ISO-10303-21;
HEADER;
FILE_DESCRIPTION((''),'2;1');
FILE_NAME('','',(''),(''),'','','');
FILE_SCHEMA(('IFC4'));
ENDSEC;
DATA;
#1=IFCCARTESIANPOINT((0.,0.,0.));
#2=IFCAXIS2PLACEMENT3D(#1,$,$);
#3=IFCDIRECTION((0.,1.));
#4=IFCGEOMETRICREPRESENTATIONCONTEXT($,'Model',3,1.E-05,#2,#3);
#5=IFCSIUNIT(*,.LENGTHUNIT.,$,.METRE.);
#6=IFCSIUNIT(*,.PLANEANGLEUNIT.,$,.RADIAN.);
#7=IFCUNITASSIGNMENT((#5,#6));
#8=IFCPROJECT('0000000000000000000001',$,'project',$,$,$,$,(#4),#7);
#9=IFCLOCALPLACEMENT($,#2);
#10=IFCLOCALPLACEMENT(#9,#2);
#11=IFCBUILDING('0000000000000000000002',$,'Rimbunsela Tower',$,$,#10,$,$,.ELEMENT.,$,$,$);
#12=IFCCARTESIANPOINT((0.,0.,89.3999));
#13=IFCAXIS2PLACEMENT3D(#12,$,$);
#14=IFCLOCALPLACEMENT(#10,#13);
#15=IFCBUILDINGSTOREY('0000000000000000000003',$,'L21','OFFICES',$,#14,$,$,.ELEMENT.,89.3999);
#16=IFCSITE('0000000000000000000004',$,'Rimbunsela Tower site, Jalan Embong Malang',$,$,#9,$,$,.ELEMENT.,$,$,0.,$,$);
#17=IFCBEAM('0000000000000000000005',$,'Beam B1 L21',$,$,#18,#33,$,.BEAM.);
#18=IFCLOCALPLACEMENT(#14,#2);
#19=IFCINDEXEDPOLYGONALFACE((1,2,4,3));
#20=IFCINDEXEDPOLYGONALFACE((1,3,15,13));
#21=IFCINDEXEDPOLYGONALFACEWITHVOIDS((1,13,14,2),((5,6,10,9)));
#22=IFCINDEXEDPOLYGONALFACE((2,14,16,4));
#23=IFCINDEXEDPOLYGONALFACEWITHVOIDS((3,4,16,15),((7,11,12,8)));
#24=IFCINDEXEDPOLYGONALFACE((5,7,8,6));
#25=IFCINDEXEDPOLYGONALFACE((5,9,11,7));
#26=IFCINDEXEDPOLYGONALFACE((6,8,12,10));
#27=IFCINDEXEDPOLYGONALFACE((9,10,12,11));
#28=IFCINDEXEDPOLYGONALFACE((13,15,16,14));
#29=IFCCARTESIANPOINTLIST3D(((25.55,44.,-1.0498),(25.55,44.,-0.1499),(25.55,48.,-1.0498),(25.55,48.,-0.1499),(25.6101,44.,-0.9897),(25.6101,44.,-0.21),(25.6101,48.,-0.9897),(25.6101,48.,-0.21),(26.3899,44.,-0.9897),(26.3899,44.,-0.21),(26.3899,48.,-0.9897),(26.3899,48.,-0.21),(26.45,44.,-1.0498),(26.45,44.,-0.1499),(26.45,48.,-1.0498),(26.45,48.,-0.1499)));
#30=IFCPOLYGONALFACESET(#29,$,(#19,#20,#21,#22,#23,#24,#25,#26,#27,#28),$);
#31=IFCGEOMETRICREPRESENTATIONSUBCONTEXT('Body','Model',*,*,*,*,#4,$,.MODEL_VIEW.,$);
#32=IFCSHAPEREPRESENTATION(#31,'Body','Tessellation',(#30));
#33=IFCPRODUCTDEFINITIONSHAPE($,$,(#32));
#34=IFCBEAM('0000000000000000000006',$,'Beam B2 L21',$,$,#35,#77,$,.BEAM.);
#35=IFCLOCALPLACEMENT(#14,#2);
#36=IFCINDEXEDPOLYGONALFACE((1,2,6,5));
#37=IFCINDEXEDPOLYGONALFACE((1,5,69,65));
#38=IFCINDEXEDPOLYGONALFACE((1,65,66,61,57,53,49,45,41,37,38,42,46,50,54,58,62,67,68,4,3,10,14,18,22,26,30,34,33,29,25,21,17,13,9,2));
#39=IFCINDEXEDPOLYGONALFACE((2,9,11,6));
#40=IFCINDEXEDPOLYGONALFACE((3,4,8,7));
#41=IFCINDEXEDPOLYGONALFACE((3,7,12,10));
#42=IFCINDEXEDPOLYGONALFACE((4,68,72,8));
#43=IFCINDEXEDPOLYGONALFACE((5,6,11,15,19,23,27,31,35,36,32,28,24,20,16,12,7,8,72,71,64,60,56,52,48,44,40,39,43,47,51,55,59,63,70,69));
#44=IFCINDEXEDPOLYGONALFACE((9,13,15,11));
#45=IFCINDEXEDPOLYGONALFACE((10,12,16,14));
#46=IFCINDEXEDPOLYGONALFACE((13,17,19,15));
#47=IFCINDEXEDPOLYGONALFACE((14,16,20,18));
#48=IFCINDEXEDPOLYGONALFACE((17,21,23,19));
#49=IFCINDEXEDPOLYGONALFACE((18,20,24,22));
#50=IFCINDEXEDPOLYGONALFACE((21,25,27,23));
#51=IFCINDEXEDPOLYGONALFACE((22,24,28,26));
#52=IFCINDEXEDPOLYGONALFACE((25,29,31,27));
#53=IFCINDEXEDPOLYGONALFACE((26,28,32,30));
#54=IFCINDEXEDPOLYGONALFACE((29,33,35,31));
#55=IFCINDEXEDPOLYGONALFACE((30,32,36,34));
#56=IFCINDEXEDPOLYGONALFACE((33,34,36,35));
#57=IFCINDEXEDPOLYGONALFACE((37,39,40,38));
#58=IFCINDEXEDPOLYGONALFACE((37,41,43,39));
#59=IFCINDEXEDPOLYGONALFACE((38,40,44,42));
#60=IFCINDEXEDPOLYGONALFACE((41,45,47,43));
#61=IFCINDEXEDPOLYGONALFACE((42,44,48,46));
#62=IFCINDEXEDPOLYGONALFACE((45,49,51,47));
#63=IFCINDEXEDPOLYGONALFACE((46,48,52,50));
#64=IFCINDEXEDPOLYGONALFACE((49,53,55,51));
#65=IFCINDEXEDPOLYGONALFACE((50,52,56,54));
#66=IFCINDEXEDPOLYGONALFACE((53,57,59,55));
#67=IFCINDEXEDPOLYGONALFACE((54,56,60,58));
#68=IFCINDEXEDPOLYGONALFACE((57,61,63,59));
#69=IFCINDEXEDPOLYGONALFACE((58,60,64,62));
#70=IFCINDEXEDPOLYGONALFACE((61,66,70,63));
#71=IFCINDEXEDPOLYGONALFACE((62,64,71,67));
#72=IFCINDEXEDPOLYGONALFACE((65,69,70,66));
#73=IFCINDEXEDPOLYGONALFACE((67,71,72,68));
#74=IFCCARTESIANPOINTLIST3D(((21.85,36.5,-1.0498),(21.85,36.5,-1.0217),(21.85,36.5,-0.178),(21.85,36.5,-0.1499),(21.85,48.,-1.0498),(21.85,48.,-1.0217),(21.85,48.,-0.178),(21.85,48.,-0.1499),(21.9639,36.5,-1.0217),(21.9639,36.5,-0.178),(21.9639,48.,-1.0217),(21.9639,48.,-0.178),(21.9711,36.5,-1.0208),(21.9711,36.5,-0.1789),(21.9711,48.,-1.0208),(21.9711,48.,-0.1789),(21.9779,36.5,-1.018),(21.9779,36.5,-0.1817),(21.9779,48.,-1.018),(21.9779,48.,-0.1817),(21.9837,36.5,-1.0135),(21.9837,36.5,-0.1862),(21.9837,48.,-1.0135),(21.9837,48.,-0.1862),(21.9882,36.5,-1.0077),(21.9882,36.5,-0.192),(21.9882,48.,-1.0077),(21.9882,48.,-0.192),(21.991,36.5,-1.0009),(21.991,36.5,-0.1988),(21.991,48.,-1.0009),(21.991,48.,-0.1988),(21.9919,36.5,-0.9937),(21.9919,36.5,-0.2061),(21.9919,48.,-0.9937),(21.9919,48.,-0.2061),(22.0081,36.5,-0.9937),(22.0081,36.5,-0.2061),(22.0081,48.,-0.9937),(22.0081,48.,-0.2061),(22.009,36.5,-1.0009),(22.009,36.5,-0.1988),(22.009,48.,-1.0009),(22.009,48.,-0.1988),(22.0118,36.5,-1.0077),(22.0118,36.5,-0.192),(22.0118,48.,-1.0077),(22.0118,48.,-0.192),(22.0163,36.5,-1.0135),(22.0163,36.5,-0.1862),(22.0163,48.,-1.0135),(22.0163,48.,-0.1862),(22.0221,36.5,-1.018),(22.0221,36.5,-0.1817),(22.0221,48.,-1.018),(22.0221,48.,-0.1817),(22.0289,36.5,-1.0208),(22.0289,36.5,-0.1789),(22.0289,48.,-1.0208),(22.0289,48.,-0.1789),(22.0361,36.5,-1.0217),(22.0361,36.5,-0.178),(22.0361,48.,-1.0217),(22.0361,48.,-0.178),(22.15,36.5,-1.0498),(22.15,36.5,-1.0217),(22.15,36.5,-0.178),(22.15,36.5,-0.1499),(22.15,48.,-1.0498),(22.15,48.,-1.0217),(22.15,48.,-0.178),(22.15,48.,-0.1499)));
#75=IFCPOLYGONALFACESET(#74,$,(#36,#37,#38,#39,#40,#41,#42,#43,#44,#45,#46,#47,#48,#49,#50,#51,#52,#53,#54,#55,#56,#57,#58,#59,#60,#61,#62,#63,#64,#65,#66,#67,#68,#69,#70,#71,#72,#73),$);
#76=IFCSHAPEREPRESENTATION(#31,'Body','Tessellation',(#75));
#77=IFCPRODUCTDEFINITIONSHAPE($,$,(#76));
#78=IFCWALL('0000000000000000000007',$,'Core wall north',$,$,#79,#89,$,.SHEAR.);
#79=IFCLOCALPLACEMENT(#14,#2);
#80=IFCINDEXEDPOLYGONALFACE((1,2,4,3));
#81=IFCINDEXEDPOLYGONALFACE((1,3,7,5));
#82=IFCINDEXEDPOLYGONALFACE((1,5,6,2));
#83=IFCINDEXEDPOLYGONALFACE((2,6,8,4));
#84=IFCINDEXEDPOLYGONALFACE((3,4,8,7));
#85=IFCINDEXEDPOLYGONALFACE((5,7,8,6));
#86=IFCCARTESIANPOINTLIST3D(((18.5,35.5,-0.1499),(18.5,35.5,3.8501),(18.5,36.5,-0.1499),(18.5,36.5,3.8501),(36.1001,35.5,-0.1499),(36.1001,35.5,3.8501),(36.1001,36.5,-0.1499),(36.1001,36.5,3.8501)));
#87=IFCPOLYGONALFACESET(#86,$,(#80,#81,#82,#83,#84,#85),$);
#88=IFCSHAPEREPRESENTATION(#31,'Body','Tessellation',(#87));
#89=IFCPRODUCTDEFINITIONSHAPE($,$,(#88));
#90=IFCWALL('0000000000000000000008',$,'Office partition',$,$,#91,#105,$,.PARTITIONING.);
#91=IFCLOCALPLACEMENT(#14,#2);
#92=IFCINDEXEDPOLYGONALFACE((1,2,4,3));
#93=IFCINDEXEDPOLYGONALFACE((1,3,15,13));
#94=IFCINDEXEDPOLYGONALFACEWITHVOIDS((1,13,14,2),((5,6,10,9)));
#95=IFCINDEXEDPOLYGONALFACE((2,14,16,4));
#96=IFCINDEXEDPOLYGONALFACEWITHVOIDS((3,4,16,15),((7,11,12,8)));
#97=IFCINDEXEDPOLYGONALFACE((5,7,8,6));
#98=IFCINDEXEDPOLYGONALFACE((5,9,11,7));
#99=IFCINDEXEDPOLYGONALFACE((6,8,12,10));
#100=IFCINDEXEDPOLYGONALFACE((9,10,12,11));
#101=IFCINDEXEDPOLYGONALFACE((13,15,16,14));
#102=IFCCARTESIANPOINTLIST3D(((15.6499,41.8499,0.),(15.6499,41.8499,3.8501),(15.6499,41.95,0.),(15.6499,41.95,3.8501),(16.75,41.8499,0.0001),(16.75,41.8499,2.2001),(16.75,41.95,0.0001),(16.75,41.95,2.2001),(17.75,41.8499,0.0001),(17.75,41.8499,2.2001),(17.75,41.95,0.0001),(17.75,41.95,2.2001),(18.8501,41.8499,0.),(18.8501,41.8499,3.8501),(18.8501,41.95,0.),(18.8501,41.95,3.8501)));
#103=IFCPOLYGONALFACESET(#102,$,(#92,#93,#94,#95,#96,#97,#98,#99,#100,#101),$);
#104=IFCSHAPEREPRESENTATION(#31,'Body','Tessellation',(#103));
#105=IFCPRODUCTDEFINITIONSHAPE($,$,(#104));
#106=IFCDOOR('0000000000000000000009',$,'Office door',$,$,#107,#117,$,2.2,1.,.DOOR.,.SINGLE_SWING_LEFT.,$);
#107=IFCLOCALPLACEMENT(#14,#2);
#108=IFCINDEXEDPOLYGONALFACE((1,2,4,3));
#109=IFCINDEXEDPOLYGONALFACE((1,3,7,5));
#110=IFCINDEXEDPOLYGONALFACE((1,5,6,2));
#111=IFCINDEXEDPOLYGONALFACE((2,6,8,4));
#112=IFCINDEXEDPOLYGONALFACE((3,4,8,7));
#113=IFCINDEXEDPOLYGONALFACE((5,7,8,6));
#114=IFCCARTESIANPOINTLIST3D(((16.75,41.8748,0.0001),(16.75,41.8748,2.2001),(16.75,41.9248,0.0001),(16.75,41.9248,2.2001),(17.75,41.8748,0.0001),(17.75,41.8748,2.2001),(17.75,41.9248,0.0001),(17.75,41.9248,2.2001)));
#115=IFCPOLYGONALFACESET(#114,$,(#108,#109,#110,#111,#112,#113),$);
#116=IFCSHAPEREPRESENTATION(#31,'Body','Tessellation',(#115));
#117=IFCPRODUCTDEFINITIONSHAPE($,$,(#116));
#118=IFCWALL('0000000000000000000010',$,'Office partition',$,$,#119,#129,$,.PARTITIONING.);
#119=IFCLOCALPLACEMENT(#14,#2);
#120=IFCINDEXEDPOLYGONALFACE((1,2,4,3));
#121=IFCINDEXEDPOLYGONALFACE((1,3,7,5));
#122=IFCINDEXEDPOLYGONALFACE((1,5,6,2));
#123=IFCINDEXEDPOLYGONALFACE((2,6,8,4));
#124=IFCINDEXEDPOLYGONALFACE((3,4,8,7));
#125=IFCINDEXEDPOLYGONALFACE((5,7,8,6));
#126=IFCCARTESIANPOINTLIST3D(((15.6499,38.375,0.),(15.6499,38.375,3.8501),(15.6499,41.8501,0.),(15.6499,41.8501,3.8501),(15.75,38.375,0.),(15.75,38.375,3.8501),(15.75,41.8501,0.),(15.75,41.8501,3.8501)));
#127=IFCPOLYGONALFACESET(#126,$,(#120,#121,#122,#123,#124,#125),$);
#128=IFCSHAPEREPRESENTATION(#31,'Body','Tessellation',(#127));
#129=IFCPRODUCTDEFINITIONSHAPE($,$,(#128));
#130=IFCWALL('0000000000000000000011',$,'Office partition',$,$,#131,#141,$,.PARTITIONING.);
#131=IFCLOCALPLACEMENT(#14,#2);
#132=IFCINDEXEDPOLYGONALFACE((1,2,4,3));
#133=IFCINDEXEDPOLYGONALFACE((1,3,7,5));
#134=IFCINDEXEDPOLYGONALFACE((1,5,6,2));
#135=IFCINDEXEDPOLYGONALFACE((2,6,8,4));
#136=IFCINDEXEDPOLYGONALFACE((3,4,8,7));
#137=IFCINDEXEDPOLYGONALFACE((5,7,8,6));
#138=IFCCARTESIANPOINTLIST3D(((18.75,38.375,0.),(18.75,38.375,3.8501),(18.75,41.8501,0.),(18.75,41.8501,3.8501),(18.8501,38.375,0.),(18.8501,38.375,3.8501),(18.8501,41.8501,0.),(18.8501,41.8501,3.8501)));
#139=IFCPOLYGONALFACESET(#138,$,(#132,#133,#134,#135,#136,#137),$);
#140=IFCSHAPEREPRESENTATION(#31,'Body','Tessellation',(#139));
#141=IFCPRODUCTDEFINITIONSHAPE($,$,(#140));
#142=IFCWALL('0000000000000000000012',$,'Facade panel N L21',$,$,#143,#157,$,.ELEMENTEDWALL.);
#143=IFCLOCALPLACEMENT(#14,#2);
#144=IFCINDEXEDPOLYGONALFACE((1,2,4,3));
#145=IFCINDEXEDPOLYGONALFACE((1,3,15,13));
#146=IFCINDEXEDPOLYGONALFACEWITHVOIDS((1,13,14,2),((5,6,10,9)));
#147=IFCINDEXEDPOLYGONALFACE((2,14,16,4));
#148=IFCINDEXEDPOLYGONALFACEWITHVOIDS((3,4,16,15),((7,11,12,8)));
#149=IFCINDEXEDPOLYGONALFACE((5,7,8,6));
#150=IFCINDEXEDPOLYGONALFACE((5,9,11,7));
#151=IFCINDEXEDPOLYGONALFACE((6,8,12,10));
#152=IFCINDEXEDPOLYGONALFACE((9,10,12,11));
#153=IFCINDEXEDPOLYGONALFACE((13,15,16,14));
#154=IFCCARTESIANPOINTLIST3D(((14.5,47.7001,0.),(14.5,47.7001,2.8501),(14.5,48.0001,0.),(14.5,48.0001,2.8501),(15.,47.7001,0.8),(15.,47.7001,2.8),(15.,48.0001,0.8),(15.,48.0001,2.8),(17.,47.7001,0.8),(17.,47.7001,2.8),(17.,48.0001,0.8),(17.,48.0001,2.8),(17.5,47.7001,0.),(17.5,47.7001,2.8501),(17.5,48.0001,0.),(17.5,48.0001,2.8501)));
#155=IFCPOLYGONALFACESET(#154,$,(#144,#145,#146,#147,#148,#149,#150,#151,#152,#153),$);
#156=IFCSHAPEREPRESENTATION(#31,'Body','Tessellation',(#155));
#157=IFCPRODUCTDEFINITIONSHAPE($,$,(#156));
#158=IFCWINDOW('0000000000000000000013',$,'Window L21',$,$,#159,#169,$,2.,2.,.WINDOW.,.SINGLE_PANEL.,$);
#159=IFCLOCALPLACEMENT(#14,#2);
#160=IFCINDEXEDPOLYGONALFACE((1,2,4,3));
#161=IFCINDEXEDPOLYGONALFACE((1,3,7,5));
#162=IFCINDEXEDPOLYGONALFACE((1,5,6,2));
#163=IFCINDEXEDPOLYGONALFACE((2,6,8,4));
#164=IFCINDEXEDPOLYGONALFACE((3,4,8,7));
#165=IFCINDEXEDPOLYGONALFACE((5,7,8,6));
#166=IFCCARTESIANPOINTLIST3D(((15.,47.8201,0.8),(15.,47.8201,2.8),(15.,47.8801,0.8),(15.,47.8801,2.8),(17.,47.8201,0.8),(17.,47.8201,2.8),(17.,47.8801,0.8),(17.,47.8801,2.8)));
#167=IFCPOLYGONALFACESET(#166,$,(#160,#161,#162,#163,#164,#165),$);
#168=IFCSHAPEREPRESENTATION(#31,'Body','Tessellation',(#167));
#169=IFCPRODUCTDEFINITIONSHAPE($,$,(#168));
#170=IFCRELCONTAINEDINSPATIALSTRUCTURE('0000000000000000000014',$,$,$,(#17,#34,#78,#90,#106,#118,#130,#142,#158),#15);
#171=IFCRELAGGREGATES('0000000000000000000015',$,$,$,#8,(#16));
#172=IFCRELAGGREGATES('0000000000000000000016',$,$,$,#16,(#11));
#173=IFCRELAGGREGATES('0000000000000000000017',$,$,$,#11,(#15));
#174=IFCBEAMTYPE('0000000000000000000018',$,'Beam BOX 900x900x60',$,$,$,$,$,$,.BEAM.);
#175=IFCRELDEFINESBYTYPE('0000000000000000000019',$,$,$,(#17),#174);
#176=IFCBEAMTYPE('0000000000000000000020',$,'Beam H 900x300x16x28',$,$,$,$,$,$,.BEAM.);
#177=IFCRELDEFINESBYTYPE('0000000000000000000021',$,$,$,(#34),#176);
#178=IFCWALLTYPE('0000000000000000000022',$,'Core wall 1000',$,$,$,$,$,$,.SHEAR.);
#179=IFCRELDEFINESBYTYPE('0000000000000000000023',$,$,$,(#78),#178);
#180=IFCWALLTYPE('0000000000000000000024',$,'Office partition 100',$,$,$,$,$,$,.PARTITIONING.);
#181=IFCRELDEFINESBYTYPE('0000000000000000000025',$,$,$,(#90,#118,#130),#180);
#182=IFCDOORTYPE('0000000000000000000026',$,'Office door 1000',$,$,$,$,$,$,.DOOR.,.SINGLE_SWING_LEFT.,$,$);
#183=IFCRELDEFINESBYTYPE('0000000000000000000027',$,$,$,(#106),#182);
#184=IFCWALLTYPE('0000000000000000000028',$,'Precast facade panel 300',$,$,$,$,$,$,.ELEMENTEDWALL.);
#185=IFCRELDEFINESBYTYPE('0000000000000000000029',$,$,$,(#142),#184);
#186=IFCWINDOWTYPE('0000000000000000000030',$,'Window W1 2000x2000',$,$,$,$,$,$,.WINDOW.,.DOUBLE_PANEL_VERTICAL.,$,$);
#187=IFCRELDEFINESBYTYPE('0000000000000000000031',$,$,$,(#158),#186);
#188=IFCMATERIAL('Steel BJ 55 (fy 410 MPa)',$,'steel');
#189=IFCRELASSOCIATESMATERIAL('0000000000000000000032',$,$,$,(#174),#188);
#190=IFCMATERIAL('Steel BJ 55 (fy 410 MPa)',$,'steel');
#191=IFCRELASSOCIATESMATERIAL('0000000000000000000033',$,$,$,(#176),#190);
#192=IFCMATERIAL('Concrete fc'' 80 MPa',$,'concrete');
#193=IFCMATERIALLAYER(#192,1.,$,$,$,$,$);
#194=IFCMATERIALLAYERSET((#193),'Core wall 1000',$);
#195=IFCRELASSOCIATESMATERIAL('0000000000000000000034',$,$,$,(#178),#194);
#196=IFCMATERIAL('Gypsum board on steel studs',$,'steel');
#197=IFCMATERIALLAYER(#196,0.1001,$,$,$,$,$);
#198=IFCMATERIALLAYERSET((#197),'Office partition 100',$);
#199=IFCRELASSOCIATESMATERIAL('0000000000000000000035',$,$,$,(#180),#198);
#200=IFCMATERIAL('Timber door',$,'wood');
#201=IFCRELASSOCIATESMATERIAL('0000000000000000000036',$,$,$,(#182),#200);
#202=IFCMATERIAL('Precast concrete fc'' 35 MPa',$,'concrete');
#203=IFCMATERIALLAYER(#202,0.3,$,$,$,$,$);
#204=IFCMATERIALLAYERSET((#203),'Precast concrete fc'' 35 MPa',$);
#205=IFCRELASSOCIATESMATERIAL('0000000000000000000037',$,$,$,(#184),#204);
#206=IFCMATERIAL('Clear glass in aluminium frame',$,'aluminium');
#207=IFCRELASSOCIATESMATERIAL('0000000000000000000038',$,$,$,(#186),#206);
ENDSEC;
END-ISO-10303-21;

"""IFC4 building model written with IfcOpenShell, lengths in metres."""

from ifc_helpers import new_model, si_unit, direction, frame, frame_2d, origin, origin_2d, place, context, subcontext, project, spatial, rectangle, hollow_rectangle, i_section, extrude, material, layer, layer_set, material_profile, profile_set, type_object, element, fill, save


model = new_model("IFC4")

# Units and contexts
model_context = context("Model", 3, precision=1e-05, world=origin(), true_north=direction((0.0, 1.0)))
body_context = subcontext(model_context, "Body", "Model", "MODEL_VIEW")
ifc_project = project(units=[si_unit("LENGTHUNIT", "METRE"), si_unit("PLANEANGLEUNIT", "RADIAN")], contexts=[model_context])

# Site, building, storey
site_placement = place(None, origin())
site = spatial("IfcSite", under=ifc_project, at=site_placement, Name="Rimbunsela Tower site, Jalan Embong Malang", CompositionType="ELEMENT", RefElevation=0.0)
building_placement = place(site_placement, origin())
building = spatial("IfcBuilding", under=site, at=building_placement, Name="Rimbunsela Tower", CompositionType="ELEMENT")
storey_placement = place(building_placement, frame((0.0, 0.0, 89.3999)))
storey = spatial("IfcBuildingStorey", under=building, at=storey_placement, Name="L21", Description="OFFICES", CompositionType="ELEMENT", Elevation=89.3999)

# Beams
ifc_material_1 = material(Name="Steel BJ 55 (fy 410 MPa)", Category="steel")
ifc_material_profile_1 = material_profile(ifc_material_1, hollow_rectangle(XDim=0.8999, YDim=0.8999, WallThickness=0.0601, at=origin_2d()), Name="BOX 900x900x60")
ifc_profile_set_1 = profile_set([ifc_material_profile_1], Name="Steel BJ 55 (fy 410 MPa)")
beam_type_1 = type_object("IfcBeamType", Name="Beam BOX 900x900x60", PredefinedType="BEAM", material=ifc_profile_set_1)
beam_1_placement = place(storey_placement, frame((26.0, 44.0, -0.5999), z_axis=(0.0, 1.0, 0.0), x_axis=(-1.0, 0.0, 0.0)))
element("IfcBeam", 1, at=beam_1_placement, inside=storey, type_object=beam_type_1, Name="Beam B1 L21", PredefinedType="BEAM", context=body_context, shape_type="SweptSolid", body=[
    extrude(hollow_rectangle(XDim=0.8999, YDim=0.8999, WallThickness=0.0601, at=origin_2d()), origin(), (0.0, 0.0, 1.0), 4.0),
])
ifc_material_2 = material(Name="Steel BJ 55 (fy 410 MPa)", Category="steel")
ifc_material_profile_2 = material_profile(ifc_material_2, i_section(OverallWidth=0.3, OverallDepth=0.8999, WebThickness=0.0161, FlangeThickness=0.0281, FilletRadius=0.0281, at=origin_2d()), Name="H 900x300x16x28")
ifc_profile_set_2 = profile_set([ifc_material_profile_2], Name="Steel BJ 55 (fy 410 MPa)")
beam_type_2 = type_object("IfcBeamType", Name="Beam H 900x300x16x28", PredefinedType="BEAM", material=ifc_profile_set_2)
beam_2_placement = place(storey_placement, frame((22.0, 36.5, -0.5999), z_axis=(0.0, 1.0, 0.0), x_axis=(-1.0, 0.0, 0.0)))
element("IfcBeam", 2, at=beam_2_placement, inside=storey, type_object=beam_type_2, Name="Beam B2 L21", PredefinedType="BEAM", context=body_context, shape_type="SweptSolid", body=[
    extrude(i_section(OverallWidth=0.3, OverallDepth=0.8999, WebThickness=0.0161, FlangeThickness=0.0281, FilletRadius=0.0281, at=origin_2d()), origin(), (0.0, 0.0, 1.0), 11.5),
])

# Wall
ifc_material_3 = material(Name="Concrete fc' 80 MPa", Category="concrete")
ifc_layer_1 = layer(ifc_material_3, 1.0)
ifc_layer_set_1 = layer_set([ifc_layer_1], Name="Core wall 1000")
wall_type_1 = type_object("IfcWallType", Name="Core wall 1000", PredefinedType="SHEAR", material=ifc_layer_set_1)
wall_1_placement = place(storey_placement, frame((18.5, 36.0, -0.1499), z_axis=(0.0, 0.0, 1.0), x_axis=(1.0, 0.0, 0.0)))
element("IfcWall", 3, at=wall_1_placement, inside=storey, type_object=wall_type_1, Name="Core wall north", PredefinedType="SHEAR", context=body_context, shape_type="SweptSolid", body=[
    extrude(rectangle(XDim=17.6001, YDim=1.0, at=frame_2d((8.8, 0.0))), origin(), (0.0, 0.0, 1.0), 4.0),
])

# Wall, opening, door
ifc_material_4 = material(Name="Gypsum board on steel studs", Category="steel")
ifc_layer_2 = layer(ifc_material_4, 0.1001)
ifc_layer_set_2 = layer_set([ifc_layer_2], Name="Office partition 100")
wall_type_2 = type_object("IfcWallType", Name="Office partition 100", PredefinedType="PARTITIONING", material=ifc_layer_set_2)
wall_2_placement = place(storey_placement, frame((15.6499, 41.8999, 0.0), z_axis=(0.0, 0.0, 1.0), x_axis=(1.0, 0.0, 0.0)))
wall_2 = element("IfcWall", 4, at=wall_2_placement, inside=storey, type_object=wall_type_2, Name="Office partition", PredefinedType="PARTITIONING", context=body_context, shape_type="SweptSolid", body=[
    extrude(rectangle(XDim=3.2002, YDim=0.1001, at=frame_2d((1.6001, 0.0))), origin(), (0.0, 0.0, 1.0), 3.8501),
])
opening_1_placement = place(wall_2_placement, frame((1.1001, 0.0, 0.0)))
opening_1 = element("IfcOpeningElement", 5, at=opening_1_placement, cuts=wall_2, PredefinedType="OPENING", context=body_context, shape_type="SweptSolid", body=[
    extrude(rectangle(XDim=1.0, YDim=2.2, at=frame_2d((0.5, 1.1001))), frame((0.0, 0.0601, 0.0), z_axis=(0.0, -1.0, 0.0), x_axis=(1.0, 0.0, 0.0)), (0.0, 0.0, 1.0), 0.1201),
])
ifc_material_5 = material(Name="Timber door", Category="wood")
door_type_1 = type_object("IfcDoorType", Name="Office door 1000", OperationType="SINGLE_SWING_LEFT", PredefinedType="DOOR", material=ifc_material_5)
door_1_placement = place(opening_1_placement, origin())
door_1 = element("IfcDoor", 6, at=door_1_placement, inside=storey, type_object=door_type_1, Name="Office door", OperationType="SINGLE_SWING_LEFT", OverallHeight=2.2, OverallWidth=1.0, PredefinedType="DOOR", context=body_context, shape_type="SweptSolid", body=[
    extrude(rectangle(XDim=1.0, YDim=2.2, at=frame_2d((0.5, 1.1001))), frame((0.0, 0.0249, 0.0), z_axis=(0.0, -1.0, 0.0), x_axis=(1.0, 0.0, 0.0)), (0.0, 0.0, 1.0), 0.05),
])
fill(opening_1, door_1)

# Walls
for number, where, z_axis, x_axis, name in (
    (7, (15.7, 38.375, 0.0), (0.0, 0.0, 1.0), (0.0, 1.0, 0.0), "Office partition"),
    (8, (18.8, 38.375, 0.0), (0.0, 0.0, 1.0), (0.0, 1.0, 0.0), "Office partition"),
):
    element("IfcWall", number, at=place(storey_placement, frame(where, z_axis=z_axis, x_axis=x_axis)), inside=storey, type_object=wall_type_2, Name=name, PredefinedType="PARTITIONING", context=body_context, shape_type="SweptSolid", body=[
        extrude(rectangle(XDim=3.4751, YDim=0.1001, at=frame_2d((1.7375, 0.0))), origin(), (0.0, 0.0, 1.0), 3.8501),
    ])

# Wall, opening, window
ifc_material_6 = material(Name="Precast concrete fc' 35 MPa", Category="concrete")
ifc_layer_3 = layer(ifc_material_6, 0.3)
ifc_layer_set_3 = layer_set([ifc_layer_3], Name="Precast concrete fc' 35 MPa")
wall_type_3 = type_object("IfcWallType", Name="Precast facade panel 300", PredefinedType="ELEMENTEDWALL", material=ifc_layer_set_3)
wall_3_placement = place(storey_placement, frame((17.5, 47.8501, 0.0), z_axis=(0.0, 0.0, 1.0), x_axis=(-1.0, 0.0, 0.0)))
wall_3 = element("IfcWall", 9, at=wall_3_placement, inside=storey, type_object=wall_type_3, Name="Facade panel N L21", PredefinedType="ELEMENTEDWALL", context=body_context, shape_type="SweptSolid", body=[
    extrude(rectangle(XDim=3.0, YDim=0.3, at=frame_2d((1.5, 0.0))), origin(), (0.0, 0.0, 1.0), 2.8501),
])
opening_2_placement = place(wall_3_placement, frame((0.5, 0.0, 0.8)))
opening_2 = element("IfcOpeningElement", 10, at=opening_2_placement, cuts=wall_3, PredefinedType="OPENING", context=body_context, shape_type="SweptSolid", body=[
    extrude(rectangle(XDim=2.0, YDim=2.0, at=frame_2d((1.0, 1.0))), frame((0.0, 0.1599, 0.0), z_axis=(0.0, -1.0, 0.0), x_axis=(1.0, 0.0, 0.0)), (0.0, 0.0, 1.0), 0.3201),
])
ifc_material_7 = material(Name="Clear glass in aluminium frame", Category="aluminium")
window_type = type_object("IfcWindowType", Name="Window W1 2000x2000", PartitioningType="DOUBLE_PANEL_VERTICAL", PredefinedType="WINDOW", material=ifc_material_7)
window_1_placement = place(opening_2_placement, origin())
window_1 = element("IfcWindow", 11, at=window_1_placement, inside=storey, type_object=window_type, Name="Window L21", OverallHeight=2.0, OverallWidth=2.0, PartitioningType="SINGLE_PANEL", PredefinedType="WINDOW", context=body_context, shape_type="SweptSolid", body=[
    extrude(rectangle(XDim=2.0, YDim=2.0, at=frame_2d((1.0, 1.0))), frame((0.0, 0.03, 0.0), z_axis=(0.0, -1.0, 0.0), x_axis=(1.0, 0.0, 0.0)), (0.0, 0.0, 1.0), 0.0601),
])
fill(opening_2, window_1)

save(model, "model.ifc")
